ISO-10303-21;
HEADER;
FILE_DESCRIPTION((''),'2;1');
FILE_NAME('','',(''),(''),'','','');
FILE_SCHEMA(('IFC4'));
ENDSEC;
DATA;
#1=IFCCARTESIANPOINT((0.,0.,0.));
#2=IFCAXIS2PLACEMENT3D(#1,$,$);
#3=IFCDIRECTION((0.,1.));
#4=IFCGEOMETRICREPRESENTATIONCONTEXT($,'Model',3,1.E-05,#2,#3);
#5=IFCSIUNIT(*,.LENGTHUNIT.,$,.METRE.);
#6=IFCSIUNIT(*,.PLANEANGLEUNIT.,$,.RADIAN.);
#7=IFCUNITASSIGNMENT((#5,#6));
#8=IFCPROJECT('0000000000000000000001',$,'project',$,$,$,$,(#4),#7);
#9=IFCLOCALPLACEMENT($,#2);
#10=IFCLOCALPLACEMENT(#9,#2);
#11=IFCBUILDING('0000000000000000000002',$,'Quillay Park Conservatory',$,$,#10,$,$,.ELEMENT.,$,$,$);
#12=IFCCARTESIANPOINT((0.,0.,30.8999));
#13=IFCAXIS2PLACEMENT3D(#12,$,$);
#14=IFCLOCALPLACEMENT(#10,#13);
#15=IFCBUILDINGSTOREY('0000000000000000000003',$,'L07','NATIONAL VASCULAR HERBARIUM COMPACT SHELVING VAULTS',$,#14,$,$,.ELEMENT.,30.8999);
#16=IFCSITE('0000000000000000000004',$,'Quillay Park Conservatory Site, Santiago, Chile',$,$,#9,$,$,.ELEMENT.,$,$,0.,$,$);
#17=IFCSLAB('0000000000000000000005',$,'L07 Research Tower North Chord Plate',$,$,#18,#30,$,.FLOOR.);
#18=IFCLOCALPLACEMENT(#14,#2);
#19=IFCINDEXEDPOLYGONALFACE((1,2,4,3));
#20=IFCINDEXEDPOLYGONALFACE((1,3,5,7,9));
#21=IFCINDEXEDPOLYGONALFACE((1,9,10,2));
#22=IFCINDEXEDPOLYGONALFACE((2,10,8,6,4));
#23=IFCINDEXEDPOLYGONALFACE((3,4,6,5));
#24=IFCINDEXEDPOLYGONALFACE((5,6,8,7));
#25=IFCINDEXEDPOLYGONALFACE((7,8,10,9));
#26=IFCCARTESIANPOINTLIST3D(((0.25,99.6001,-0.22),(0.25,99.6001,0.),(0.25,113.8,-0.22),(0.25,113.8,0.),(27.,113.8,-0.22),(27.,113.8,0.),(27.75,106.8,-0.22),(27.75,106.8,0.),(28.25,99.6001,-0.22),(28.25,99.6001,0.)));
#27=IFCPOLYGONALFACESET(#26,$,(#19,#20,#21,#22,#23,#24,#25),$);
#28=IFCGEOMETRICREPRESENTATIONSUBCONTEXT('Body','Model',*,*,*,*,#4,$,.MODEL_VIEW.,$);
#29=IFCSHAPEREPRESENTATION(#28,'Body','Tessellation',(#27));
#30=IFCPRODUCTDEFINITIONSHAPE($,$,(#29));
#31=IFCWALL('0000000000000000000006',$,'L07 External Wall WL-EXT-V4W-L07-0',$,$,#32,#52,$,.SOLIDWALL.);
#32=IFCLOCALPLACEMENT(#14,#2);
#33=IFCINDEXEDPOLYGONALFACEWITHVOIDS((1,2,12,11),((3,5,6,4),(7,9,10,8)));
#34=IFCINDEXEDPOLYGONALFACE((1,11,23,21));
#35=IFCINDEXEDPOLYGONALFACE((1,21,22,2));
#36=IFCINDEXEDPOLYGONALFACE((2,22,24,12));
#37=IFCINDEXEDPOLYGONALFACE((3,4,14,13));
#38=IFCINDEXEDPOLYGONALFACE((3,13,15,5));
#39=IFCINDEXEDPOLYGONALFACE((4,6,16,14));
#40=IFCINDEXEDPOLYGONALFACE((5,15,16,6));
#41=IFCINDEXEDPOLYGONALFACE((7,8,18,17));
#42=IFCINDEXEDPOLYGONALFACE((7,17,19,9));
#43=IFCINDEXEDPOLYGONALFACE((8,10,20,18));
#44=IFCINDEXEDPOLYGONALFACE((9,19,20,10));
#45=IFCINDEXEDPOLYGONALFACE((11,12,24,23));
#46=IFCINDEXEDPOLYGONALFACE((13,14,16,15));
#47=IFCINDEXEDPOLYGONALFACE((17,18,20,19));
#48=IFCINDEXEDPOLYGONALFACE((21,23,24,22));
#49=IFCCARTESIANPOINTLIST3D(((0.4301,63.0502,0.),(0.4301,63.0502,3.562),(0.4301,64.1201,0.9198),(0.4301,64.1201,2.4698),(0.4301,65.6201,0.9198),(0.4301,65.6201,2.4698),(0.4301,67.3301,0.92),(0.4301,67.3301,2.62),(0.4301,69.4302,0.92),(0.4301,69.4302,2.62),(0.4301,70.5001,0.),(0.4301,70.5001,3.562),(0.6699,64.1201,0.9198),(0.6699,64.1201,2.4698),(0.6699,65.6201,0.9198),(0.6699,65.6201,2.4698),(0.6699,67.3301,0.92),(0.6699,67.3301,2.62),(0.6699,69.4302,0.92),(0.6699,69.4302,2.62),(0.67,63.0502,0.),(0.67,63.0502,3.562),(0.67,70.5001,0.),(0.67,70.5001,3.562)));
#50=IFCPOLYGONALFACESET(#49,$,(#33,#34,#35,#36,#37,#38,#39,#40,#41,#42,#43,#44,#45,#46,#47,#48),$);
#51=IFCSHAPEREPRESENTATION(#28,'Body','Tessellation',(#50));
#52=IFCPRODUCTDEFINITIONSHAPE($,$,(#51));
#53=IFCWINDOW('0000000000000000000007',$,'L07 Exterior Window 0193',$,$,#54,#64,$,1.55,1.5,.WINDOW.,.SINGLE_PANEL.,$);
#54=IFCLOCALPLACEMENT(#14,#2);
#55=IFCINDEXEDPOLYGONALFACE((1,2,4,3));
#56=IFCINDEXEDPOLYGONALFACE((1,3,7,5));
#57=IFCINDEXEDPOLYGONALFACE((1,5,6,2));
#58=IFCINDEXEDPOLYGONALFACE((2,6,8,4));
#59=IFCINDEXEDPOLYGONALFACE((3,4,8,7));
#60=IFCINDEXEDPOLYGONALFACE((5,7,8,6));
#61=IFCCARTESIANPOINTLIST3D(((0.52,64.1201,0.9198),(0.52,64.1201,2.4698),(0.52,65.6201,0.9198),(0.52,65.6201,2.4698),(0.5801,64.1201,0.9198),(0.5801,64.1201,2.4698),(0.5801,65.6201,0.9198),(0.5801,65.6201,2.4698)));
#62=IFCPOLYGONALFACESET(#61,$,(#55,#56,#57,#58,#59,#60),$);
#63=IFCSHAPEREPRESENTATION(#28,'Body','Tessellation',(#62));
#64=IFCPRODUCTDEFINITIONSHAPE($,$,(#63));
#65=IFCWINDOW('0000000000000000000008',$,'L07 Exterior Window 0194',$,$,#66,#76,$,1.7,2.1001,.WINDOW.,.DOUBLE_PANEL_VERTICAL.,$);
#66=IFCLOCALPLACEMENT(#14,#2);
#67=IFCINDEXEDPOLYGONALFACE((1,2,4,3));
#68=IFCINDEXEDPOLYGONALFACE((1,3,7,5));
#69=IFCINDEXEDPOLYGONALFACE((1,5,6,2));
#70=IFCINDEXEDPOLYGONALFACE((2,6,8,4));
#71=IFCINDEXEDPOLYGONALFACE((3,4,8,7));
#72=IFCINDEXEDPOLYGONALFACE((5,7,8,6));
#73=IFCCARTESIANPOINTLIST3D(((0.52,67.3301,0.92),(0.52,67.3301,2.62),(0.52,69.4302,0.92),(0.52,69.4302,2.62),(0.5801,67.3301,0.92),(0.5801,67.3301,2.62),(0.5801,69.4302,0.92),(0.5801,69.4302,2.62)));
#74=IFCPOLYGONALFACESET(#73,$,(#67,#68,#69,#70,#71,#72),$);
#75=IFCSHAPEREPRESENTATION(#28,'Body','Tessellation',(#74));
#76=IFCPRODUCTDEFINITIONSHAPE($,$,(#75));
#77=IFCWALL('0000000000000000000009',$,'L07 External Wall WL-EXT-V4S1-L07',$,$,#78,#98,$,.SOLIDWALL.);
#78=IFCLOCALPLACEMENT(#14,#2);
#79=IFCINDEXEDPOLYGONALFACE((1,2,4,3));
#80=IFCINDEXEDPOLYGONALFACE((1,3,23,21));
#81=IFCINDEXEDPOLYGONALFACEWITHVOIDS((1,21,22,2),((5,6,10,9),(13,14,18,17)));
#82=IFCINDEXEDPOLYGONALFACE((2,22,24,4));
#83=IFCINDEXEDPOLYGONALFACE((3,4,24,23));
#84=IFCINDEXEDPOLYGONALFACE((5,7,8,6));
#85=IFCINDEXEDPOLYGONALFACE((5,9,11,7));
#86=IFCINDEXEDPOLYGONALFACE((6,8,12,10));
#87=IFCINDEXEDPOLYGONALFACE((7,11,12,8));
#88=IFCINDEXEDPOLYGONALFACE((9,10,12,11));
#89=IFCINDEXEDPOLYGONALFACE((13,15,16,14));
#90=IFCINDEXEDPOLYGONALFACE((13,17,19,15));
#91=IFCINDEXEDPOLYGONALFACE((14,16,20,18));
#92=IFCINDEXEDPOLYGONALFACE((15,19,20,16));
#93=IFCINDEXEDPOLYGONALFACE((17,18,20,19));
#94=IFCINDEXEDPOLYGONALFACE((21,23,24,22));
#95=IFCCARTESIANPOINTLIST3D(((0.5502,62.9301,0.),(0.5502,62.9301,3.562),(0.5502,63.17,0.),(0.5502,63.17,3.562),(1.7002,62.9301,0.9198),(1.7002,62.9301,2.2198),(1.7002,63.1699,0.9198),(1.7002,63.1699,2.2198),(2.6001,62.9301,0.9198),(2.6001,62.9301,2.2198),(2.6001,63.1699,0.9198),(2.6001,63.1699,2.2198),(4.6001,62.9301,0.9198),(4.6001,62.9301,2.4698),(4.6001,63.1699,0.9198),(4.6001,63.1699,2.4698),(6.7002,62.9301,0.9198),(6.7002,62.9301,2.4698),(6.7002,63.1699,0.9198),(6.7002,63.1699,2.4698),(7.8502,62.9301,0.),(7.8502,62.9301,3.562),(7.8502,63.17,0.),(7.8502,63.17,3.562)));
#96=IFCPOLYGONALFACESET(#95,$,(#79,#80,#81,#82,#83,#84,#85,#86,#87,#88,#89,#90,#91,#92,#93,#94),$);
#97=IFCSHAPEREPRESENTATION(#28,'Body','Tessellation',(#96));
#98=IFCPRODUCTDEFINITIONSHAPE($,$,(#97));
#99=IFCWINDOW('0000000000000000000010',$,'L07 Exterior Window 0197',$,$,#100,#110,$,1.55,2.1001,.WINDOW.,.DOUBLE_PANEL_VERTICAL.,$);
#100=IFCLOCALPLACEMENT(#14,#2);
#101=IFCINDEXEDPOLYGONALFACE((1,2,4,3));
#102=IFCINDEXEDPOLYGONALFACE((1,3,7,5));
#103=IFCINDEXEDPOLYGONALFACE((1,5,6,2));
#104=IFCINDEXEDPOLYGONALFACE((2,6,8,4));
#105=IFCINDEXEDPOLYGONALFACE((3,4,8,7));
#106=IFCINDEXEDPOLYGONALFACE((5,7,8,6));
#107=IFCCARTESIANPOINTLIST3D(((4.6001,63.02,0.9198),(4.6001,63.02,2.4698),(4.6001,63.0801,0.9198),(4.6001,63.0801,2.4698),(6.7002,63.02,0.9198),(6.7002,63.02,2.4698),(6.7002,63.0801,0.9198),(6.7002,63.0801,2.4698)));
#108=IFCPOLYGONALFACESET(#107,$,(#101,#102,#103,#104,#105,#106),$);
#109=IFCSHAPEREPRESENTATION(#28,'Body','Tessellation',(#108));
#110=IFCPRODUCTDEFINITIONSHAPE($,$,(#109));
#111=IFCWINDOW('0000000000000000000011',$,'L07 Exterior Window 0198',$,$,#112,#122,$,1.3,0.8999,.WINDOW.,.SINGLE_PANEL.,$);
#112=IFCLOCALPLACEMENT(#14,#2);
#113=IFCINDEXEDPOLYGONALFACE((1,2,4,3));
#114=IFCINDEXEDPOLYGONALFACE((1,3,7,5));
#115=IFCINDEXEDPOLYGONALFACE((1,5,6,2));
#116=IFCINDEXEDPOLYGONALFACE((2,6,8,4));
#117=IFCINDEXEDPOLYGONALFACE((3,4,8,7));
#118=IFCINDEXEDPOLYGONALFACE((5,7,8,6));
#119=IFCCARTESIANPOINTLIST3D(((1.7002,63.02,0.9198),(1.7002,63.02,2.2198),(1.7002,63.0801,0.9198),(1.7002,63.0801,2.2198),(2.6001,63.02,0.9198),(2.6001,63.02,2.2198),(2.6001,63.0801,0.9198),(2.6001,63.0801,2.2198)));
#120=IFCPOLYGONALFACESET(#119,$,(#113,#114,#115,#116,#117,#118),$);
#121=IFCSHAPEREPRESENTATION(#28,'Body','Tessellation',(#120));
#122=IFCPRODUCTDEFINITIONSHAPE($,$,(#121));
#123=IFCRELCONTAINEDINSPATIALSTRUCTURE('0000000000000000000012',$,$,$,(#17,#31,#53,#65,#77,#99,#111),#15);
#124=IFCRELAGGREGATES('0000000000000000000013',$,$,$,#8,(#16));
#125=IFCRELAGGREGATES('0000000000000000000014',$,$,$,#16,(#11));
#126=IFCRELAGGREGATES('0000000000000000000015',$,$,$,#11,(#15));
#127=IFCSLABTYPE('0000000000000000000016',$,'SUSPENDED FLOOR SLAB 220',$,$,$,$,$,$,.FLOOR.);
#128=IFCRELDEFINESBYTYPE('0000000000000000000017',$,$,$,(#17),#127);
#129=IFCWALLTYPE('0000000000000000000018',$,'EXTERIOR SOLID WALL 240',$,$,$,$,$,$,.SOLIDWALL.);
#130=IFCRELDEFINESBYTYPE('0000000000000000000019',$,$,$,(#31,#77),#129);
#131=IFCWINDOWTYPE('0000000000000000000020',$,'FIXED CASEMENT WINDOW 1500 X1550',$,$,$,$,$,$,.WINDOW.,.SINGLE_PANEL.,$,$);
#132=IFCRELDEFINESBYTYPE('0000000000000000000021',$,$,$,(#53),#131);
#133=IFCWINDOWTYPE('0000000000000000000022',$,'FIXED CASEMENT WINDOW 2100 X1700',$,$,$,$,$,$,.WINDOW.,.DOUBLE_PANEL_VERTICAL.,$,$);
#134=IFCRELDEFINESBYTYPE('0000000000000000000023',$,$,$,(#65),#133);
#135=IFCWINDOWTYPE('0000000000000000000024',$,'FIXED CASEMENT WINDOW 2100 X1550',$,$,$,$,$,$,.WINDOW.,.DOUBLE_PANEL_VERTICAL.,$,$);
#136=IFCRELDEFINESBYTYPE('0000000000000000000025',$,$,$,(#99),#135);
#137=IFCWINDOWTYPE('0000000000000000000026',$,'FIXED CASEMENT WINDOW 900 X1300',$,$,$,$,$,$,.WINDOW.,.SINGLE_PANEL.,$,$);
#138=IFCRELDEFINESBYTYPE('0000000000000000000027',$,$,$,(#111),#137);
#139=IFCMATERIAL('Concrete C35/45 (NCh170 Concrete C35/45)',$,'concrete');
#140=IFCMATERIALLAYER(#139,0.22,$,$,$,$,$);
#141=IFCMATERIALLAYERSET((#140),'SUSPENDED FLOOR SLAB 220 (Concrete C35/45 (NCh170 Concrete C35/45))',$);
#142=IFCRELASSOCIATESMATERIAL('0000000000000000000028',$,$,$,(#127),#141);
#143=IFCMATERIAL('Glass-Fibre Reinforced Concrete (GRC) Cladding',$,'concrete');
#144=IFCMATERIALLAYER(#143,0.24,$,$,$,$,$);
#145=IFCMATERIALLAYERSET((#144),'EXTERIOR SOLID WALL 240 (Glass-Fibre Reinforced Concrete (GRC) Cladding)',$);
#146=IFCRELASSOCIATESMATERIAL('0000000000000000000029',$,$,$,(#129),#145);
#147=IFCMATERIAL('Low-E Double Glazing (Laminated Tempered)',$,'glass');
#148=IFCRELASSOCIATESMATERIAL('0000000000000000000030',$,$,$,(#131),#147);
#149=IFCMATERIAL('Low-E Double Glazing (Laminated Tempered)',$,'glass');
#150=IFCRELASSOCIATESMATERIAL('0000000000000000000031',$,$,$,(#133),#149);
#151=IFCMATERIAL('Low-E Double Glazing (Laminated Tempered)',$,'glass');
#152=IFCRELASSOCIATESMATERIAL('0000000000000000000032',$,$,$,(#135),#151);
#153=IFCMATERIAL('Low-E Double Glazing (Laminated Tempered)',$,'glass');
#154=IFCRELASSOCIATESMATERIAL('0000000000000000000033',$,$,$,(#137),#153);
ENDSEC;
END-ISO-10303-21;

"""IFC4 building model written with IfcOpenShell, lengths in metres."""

from ifc_helpers import new_model, si_unit, direction, frame, frame_2d, origin, place, context, subcontext, project, spatial, polyline, rectangle, outline, extrude, material, layer, layer_set, type_object, element, fill, save


model = new_model("IFC4")

# Units and contexts
model_context = context("Model", 3, precision=1e-05, world=origin(), true_north=direction((0.0, 1.0)))
body_context = subcontext(model_context, "Body", "Model", "MODEL_VIEW")
ifc_project = project(units=[si_unit("LENGTHUNIT", "METRE"), si_unit("PLANEANGLEUNIT", "RADIAN")], contexts=[model_context])

# Site, building, storey
site_placement = place(None, origin())
site = spatial("IfcSite", under=ifc_project, at=site_placement, Name="Quillay Park Conservatory Site, Santiago, Chile", CompositionType="ELEMENT", RefElevation=0.0)
building_placement = place(site_placement, origin())
building = spatial("IfcBuilding", under=site, at=building_placement, Name="Quillay Park Conservatory", CompositionType="ELEMENT")
storey_placement = place(building_placement, frame((0.0, 0.0, 30.8999)))
storey = spatial("IfcBuildingStorey", under=building, at=storey_placement, Name="L07", Description="NATIONAL VASCULAR HERBARIUM COMPACT SHELVING VAULTS", CompositionType="ELEMENT", Elevation=30.8999)

# Slab
ifc_material_1 = material(Name="Concrete C35/45 (NCh170 Concrete C35/45)", Category="concrete")
ifc_layer_1 = layer(ifc_material_1, 0.22)
ifc_layer_set_1 = layer_set([ifc_layer_1], Name="SUSPENDED FLOOR SLAB 220 (Concrete C35/45 (NCh170 Concrete C35/45))")
slab_type_1 = type_object("IfcSlabType", Name="SUSPENDED FLOOR SLAB 220", PredefinedType="FLOOR", material=ifc_layer_set_1)
slab_1_placement = place(storey_placement, frame((0.0, 0.0, -0.22)))
element("IfcSlab", 1, at=slab_1_placement, inside=storey, type_object=slab_type_1, Name="L07 Research Tower North Chord Plate", PredefinedType="FLOOR", context=body_context, shape_type="SweptSolid", body=[
    extrude(outline(polyline([(0.25, 99.6001), (28.25, 99.6001), (27.75, 106.8), (27.0, 113.8), (0.25, 113.8), (0.25, 99.6001)])), origin(), (0.0, 0.0, 1.0), 0.22),
])

# Walls, openings, windows
ifc_material_2 = material(Name="Glass-Fibre Reinforced Concrete (GRC) Cladding", Category="concrete")
ifc_layer_2 = layer(ifc_material_2, 0.24)
ifc_layer_set_2 = layer_set([ifc_layer_2], Name="EXTERIOR SOLID WALL 240 (Glass-Fibre Reinforced Concrete (GRC) Cladding)")
wall_type_1 = type_object("IfcWallType", Name="EXTERIOR SOLID WALL 240", PredefinedType="SOLIDWALL", material=ifc_layer_set_2)
wall_1_placement = place(storey_placement, frame((0.55, 63.05, 0.0), z_axis=(0.0, 0.0, 1.0), x_axis=(0.0, 1.0, 0.0)))
wall_1 = element("IfcWall", 2, at=wall_1_placement, inside=storey, type_object=wall_type_1, Name="L07 External Wall WL-EXT-V4W-L07-0", PredefinedType="SOLIDWALL", context=body_context, shape_type="SweptSolid", body=[
    extrude(rectangle(XDim=7.45, YDim=0.24, at=frame_2d((3.7251, 0.0))), origin(), (0.0, 0.0, 1.0), 3.562),
])
opening_1_placement = place(wall_1_placement, frame((1.0701, 0.0, 0.9199)))
opening_1 = element("IfcOpeningElement", 3, at=opening_1_placement, cuts=wall_1, PredefinedType="OPENING", context=body_context, shape_type="SweptSolid", body=[
    extrude(rectangle(XDim=1.5, YDim=1.55, at=frame_2d((0.75, 0.7749))), frame((0.0, 0.1201, 0.0), z_axis=(0.0, -1.0, 0.0), x_axis=(1.0, 0.0, 0.0)), (0.0, 0.0, 1.0), 0.24),
])
opening_2_placement = place(wall_1_placement, frame((4.28, 0.0, 0.9199)))
opening_2 = element("IfcOpeningElement", 4, at=opening_2_placement, cuts=wall_1, PredefinedType="OPENING", context=body_context, shape_type="SweptSolid", body=[
    extrude(rectangle(XDim=2.1001, YDim=1.7, at=frame_2d((1.05, 0.8501))), frame((0.0, 0.1201, 0.0), z_axis=(0.0, -1.0, 0.0), x_axis=(1.0, 0.0, 0.0)), (0.0, 0.0, 1.0), 0.24),
])
ifc_material_3 = material(Name="Low-E Double Glazing (Laminated Tempered)", Category="glass")
window_type_1 = type_object("IfcWindowType", Name="FIXED CASEMENT WINDOW 1500 X1550", PartitioningType="SINGLE_PANEL", PredefinedType="WINDOW", material=ifc_material_3)
window_1_placement = place(opening_1_placement, origin())
window_1 = element("IfcWindow", 5, at=window_1_placement, inside=storey, type_object=window_type_1, Name="L07 Exterior Window 0193", OverallHeight=1.55, OverallWidth=1.5, PartitioningType="SINGLE_PANEL", PredefinedType="WINDOW", context=body_context, shape_type="SweptSolid", body=[
    extrude(rectangle(XDim=1.5, YDim=1.55, at=frame_2d((0.75, 0.7749))), frame((0.0, 0.03, 0.0), z_axis=(0.0, -1.0, 0.0), x_axis=(1.0, 0.0, 0.0)), (0.0, 0.0, 1.0), 0.0601),
])
fill(opening_1, window_1)
ifc_material_4 = material(Name="Low-E Double Glazing (Laminated Tempered)", Category="glass")
window_type_2 = type_object("IfcWindowType", Name="FIXED CASEMENT WINDOW 2100 X1700", PartitioningType="DOUBLE_PANEL_VERTICAL", PredefinedType="WINDOW", material=ifc_material_4)
window_2_placement = place(opening_2_placement, origin())
window_2 = element("IfcWindow", 6, at=window_2_placement, inside=storey, type_object=window_type_2, Name="L07 Exterior Window 0194", OverallHeight=1.7, OverallWidth=2.1001, PartitioningType="DOUBLE_PANEL_VERTICAL", PredefinedType="WINDOW", context=body_context, shape_type="SweptSolid", body=[
    extrude(rectangle(XDim=2.1001, YDim=1.7, at=frame_2d((1.05, 0.8501))), frame((0.0, 0.03, 0.0), z_axis=(0.0, -1.0, 0.0), x_axis=(1.0, 0.0, 0.0)), (0.0, 0.0, 1.0), 0.0601),
])
fill(opening_2, window_2)
wall_2_placement = place(storey_placement, frame((7.8501, 63.05, 0.0), z_axis=(0.0, 0.0, 1.0), x_axis=(-1.0, 0.0, 0.0)))
wall_2 = element("IfcWall", 7, at=wall_2_placement, inside=storey, type_object=wall_type_1, Name="L07 External Wall WL-EXT-V4S1-L07", PredefinedType="SOLIDWALL", context=body_context, shape_type="SweptSolid", body=[
    extrude(rectangle(XDim=7.3, YDim=0.24, at=frame_2d((3.6499, 0.0))), origin(), (0.0, 0.0, 1.0), 3.562),
])
opening_3_placement = place(wall_2_placement, frame((1.1499, 0.0, 0.9199)))
opening_3 = element("IfcOpeningElement", 8, at=opening_3_placement, cuts=wall_2, PredefinedType="OPENING", context=body_context, shape_type="SweptSolid", body=[
    extrude(rectangle(XDim=2.1001, YDim=1.55, at=frame_2d((1.05, 0.7749))), frame((0.0, 0.1201, 0.0), z_axis=(0.0, -1.0, 0.0), x_axis=(1.0, 0.0, 0.0)), (0.0, 0.0, 1.0), 0.24),
])
opening_4_placement = place(wall_2_placement, frame((5.25, 0.0, 0.9199)))
opening_4 = element("IfcOpeningElement", 9, at=opening_4_placement, cuts=wall_2, PredefinedType="OPENING", context=body_context, shape_type="SweptSolid", body=[
    extrude(rectangle(XDim=0.8999, YDim=1.3, at=frame_2d((0.45, 0.6499))), frame((0.0, 0.1201, 0.0), z_axis=(0.0, -1.0, 0.0), x_axis=(1.0, 0.0, 0.0)), (0.0, 0.0, 1.0), 0.24),
])
ifc_material_5 = material(Name="Low-E Double Glazing (Laminated Tempered)", Category="glass")
window_type_3 = type_object("IfcWindowType", Name="FIXED CASEMENT WINDOW 2100 X1550", PartitioningType="DOUBLE_PANEL_VERTICAL", PredefinedType="WINDOW", material=ifc_material_5)
window_3_placement = place(opening_3_placement, origin())
window_3 = element("IfcWindow", 10, at=window_3_placement, inside=storey, type_object=window_type_3, Name="L07 Exterior Window 0197", OverallHeight=1.55, OverallWidth=2.1001, PartitioningType="DOUBLE_PANEL_VERTICAL", PredefinedType="WINDOW", context=body_context, shape_type="SweptSolid", body=[
    extrude(rectangle(XDim=2.1001, YDim=1.55, at=frame_2d((1.05, 0.7749))), frame((0.0, 0.03, 0.0), z_axis=(0.0, -1.0, 0.0), x_axis=(1.0, 0.0, 0.0)), (0.0, 0.0, 1.0), 0.0601),
])
fill(opening_3, window_3)
ifc_material_6 = material(Name="Low-E Double Glazing (Laminated Tempered)", Category="glass")
window_type_4 = type_object("IfcWindowType", Name="FIXED CASEMENT WINDOW 900 X1300", PartitioningType="SINGLE_PANEL", PredefinedType="WINDOW", material=ifc_material_6)
window_4_placement = place(opening_4_placement, origin())
window_4 = element("IfcWindow", 11, at=window_4_placement, inside=storey, type_object=window_type_4, Name="L07 Exterior Window 0198", OverallHeight=1.3, OverallWidth=0.8999, PartitioningType="SINGLE_PANEL", PredefinedType="WINDOW", context=body_context, shape_type="SweptSolid", body=[
    extrude(rectangle(XDim=0.8999, YDim=1.3, at=frame_2d((0.45, 0.6499))), frame((0.0, 0.03, 0.0), z_axis=(0.0, -1.0, 0.0), x_axis=(1.0, 0.0, 0.0)), (0.0, 0.0, 1.0), 0.0601),
])
fill(opening_4, window_4)

save(model, "model.ifc")
